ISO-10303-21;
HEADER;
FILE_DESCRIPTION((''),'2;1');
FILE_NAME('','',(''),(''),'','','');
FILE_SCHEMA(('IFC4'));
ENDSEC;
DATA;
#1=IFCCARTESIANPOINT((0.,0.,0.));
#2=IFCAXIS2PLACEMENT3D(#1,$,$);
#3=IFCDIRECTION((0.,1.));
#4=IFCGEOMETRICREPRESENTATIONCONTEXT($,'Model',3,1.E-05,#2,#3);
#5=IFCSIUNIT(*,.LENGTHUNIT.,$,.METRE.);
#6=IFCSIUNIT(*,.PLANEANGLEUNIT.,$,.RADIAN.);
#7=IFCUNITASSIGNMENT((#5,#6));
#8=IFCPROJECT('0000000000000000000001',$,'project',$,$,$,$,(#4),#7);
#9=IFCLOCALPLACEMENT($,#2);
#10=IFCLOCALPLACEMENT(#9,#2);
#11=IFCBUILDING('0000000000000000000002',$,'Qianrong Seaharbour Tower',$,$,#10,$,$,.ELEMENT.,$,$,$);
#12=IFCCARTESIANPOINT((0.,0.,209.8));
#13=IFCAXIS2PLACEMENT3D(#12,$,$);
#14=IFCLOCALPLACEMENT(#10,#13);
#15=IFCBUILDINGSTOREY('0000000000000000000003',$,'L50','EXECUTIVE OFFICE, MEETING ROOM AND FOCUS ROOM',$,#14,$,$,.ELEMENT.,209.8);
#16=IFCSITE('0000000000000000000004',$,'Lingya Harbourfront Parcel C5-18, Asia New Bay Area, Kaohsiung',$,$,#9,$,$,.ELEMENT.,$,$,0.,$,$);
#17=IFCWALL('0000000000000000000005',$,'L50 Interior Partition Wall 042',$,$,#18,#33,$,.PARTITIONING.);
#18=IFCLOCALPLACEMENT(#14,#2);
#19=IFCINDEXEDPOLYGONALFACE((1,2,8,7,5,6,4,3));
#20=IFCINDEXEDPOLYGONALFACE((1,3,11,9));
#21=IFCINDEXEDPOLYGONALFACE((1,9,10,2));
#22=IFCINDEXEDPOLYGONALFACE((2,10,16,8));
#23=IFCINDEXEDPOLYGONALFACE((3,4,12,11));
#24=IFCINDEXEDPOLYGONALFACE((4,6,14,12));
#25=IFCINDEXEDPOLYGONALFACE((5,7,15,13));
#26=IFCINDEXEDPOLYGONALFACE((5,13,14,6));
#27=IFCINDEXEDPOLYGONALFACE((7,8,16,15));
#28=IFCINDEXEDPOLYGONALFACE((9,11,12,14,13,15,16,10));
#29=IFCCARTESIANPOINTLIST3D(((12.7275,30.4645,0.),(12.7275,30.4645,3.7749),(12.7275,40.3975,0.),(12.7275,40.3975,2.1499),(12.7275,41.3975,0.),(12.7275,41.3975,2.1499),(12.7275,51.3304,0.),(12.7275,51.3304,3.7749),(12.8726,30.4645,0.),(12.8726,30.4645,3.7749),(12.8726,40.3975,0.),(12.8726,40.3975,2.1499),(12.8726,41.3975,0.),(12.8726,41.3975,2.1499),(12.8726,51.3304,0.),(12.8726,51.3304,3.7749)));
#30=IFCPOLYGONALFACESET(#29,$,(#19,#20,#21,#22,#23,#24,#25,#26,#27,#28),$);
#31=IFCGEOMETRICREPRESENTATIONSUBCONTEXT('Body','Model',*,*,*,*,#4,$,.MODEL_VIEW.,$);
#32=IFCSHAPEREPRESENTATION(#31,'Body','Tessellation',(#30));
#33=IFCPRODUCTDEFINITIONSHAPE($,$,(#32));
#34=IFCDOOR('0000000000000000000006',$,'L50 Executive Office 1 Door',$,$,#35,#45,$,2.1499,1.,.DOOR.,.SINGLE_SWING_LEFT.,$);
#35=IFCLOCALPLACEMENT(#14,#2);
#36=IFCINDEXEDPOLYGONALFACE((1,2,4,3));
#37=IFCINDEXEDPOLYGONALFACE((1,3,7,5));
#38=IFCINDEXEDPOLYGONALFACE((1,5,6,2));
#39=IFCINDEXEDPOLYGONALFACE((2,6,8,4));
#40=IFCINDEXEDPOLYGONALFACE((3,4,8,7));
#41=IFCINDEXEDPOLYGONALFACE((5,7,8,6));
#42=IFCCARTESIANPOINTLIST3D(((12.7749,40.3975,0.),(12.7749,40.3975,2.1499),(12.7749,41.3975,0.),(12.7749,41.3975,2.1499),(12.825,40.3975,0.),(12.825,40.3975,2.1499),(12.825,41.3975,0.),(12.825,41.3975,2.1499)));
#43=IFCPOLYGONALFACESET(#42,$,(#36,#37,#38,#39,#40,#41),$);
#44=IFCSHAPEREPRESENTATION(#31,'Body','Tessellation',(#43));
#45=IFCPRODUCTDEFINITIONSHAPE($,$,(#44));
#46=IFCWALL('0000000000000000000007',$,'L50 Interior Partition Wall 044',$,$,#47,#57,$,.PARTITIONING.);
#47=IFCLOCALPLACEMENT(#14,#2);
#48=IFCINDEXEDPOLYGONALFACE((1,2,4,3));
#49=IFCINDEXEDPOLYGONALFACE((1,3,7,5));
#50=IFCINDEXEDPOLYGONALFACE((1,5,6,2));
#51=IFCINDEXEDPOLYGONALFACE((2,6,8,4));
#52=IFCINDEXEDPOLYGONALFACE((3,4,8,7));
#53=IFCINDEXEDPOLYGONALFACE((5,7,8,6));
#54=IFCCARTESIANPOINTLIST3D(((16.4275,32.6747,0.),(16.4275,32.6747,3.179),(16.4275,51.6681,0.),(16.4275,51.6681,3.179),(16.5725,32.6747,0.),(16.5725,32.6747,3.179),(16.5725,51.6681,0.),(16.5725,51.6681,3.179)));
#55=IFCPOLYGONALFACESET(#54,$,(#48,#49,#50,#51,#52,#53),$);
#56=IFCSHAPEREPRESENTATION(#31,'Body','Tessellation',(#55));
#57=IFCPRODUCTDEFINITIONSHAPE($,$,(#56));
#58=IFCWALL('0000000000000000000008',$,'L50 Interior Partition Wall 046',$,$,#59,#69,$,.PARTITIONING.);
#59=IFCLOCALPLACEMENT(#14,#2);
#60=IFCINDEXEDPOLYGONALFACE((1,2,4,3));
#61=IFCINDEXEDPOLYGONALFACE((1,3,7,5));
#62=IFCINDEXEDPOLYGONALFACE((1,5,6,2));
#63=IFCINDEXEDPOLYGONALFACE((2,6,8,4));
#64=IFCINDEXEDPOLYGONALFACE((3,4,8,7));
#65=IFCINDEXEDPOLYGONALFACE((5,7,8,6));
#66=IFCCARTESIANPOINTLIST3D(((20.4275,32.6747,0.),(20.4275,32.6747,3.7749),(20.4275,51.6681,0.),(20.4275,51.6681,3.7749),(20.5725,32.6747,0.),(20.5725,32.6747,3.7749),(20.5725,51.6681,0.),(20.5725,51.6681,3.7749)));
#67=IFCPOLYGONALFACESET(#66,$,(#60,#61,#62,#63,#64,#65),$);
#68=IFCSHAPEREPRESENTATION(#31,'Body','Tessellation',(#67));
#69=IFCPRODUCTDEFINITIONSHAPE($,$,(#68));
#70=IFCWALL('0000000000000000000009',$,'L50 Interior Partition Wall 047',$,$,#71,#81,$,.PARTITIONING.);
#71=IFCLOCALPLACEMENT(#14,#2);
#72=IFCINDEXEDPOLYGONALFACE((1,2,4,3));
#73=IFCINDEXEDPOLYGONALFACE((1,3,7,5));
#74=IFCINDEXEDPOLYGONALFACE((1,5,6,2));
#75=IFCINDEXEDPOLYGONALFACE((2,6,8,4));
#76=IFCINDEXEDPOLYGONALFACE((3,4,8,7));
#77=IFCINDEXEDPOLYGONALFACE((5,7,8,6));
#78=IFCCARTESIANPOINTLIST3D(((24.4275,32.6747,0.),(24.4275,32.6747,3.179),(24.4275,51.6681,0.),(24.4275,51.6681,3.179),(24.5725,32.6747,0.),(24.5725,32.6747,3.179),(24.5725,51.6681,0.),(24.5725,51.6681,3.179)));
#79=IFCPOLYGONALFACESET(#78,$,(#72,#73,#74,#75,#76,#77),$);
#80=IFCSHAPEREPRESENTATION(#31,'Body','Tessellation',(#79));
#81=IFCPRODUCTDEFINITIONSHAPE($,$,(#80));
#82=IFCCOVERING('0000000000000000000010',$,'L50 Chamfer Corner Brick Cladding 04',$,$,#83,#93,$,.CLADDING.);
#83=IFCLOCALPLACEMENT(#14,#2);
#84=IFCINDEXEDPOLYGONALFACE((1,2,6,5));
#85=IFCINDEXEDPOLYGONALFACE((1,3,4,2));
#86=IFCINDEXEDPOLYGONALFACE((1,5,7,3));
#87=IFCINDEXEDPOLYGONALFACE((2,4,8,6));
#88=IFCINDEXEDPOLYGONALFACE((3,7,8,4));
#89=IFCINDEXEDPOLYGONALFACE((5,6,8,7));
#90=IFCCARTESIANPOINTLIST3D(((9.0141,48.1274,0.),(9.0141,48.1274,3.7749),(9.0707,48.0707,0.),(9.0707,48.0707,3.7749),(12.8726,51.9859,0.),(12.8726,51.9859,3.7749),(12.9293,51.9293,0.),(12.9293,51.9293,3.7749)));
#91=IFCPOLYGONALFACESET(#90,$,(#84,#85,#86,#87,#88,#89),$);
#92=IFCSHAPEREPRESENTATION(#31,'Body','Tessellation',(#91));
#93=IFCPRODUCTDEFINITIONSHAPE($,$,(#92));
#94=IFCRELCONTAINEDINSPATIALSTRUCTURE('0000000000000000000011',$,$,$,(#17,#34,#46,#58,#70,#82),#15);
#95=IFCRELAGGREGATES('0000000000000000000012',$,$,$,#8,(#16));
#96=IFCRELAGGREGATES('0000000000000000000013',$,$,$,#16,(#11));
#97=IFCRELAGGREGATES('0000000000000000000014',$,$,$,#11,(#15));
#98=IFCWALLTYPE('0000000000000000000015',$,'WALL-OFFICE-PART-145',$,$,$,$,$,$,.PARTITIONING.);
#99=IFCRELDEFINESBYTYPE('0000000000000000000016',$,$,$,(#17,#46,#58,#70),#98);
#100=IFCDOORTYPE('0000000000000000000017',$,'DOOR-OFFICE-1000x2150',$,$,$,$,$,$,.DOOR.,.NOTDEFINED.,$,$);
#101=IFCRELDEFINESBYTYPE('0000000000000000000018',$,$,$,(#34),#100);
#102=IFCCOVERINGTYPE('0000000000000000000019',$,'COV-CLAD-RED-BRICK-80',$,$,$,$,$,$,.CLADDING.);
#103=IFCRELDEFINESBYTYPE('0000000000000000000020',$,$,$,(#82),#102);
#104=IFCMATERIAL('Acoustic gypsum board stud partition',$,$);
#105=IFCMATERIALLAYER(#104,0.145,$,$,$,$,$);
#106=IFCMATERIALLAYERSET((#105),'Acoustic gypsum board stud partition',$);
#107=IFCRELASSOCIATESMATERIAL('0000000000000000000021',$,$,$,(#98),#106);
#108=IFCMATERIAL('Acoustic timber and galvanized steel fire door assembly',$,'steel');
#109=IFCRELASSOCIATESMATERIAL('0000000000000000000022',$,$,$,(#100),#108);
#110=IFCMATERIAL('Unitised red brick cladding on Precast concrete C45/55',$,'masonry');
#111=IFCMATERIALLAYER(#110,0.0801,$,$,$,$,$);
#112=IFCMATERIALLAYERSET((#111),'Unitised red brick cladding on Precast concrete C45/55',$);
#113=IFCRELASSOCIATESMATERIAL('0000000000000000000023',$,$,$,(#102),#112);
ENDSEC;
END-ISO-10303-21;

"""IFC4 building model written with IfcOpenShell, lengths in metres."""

from ifc_helpers import new_model, si_unit, direction, frame, frame_2d, origin, origin_2d, place, context, subcontext, project, spatial, rectangle, extrude, material, layer, layer_set, type_object, element, fill, save


model = new_model("IFC4")

# Units and contexts
model_context = context("Model", 3, precision=1e-05, world=origin(), true_north=direction((0.0, 1.0)))
body_context = subcontext(model_context, "Body", "Model", "MODEL_VIEW")
ifc_project = project(units=[si_unit("LENGTHUNIT", "METRE"), si_unit("PLANEANGLEUNIT", "RADIAN")], contexts=[model_context])

# Site, building, storey
site_placement = place(None, origin())
site = spatial("IfcSite", under=ifc_project, at=site_placement, Name="Lingya Harbourfront Parcel C5-18, Asia New Bay Area, Kaohsiung", CompositionType="ELEMENT", RefElevation=0.0)
building_placement = place(site_placement, origin())
building = spatial("IfcBuilding", under=site, at=building_placement, Name="Qianrong Seaharbour Tower", CompositionType="ELEMENT")
storey_placement = place(building_placement, frame((0.0, 0.0, 209.8)))
storey = spatial("IfcBuildingStorey", under=building, at=storey_placement, Name="L50", Description="EXECUTIVE OFFICE, MEETING ROOM AND FOCUS ROOM", CompositionType="ELEMENT", Elevation=209.8)

# Wall, opening, door
ifc_material_1 = material(Name="Acoustic gypsum board stud partition")
ifc_layer_1 = layer(ifc_material_1, 0.145)
ifc_layer_set_1 = layer_set([ifc_layer_1], Name="Acoustic gypsum board stud partition")
wall_type_1 = type_object("IfcWallType", Name="WALL-OFFICE-PART-145", PredefinedType="PARTITIONING", material=ifc_layer_set_1)
wall_1_placement = place(storey_placement, frame((12.8, 51.3306, 0.0), z_axis=(0.0, 0.0, 1.0), x_axis=(0.0, -1.0, 0.0)))
wall_1 = element("IfcWall", 1, at=wall_1_placement, inside=storey, type_object=wall_type_1, Name="L50 Interior Partition Wall 042", PredefinedType="PARTITIONING", context=body_context, shape_type="SweptSolid", body=[
    extrude(rectangle(XDim=20.866, YDim=0.145, at=frame_2d((10.4331, 0.0))), origin(), (0.0, 0.0, 1.0), 3.7749),
])
opening_1_placement = place(wall_1_placement, frame((9.9331, 0.0, 0.0)))
opening_1 = element("IfcOpeningElement", 2, at=opening_1_placement, cuts=wall_1, PredefinedType="OPENING", context=body_context, shape_type="SweptSolid", body=[
    extrude(rectangle(XDim=1.0, YDim=2.1499, at=frame_2d((0.5, 1.075))), frame((0.0, 0.0825, 0.0), z_axis=(0.0, -1.0, 0.0), x_axis=(1.0, 0.0, 0.0)), (0.0, 0.0, 1.0), 0.165),
])
ifc_material_2 = material(Name="Acoustic timber and galvanized steel fire door assembly", Category="steel")
door_type = type_object("IfcDoorType", Name="DOOR-OFFICE-1000x2150", OperationType="NOTDEFINED", PredefinedType="DOOR", material=ifc_material_2)
door_placement = place(opening_1_placement, origin())
door = element("IfcDoor", 3, at=door_placement, inside=storey, type_object=door_type, Name="L50 Executive Office 1 Door", OperationType="SINGLE_SWING_LEFT", OverallHeight=2.1499, OverallWidth=1.0, PredefinedType="DOOR", context=body_context, shape_type="SweptSolid", body=[
    extrude(rectangle(XDim=1.0, YDim=2.1499, at=frame_2d((0.5, 1.075))), frame((0.0, 0.0249, 0.0), z_axis=(0.0, -1.0, 0.0), x_axis=(1.0, 0.0, 0.0)), (0.0, 0.0, 1.0), 0.05),
])
fill(opening_1, door)

# Walls
wall_2_placement = place(storey_placement, frame((16.5, 51.668, 0.0), z_axis=(0.0, 0.0, 1.0), x_axis=(0.0, -1.0, 0.0)))
element("IfcWall", 4, at=wall_2_placement, inside=storey, type_object=wall_type_1, Name="L50 Interior Partition Wall 044", PredefinedType="PARTITIONING", context=body_context, shape_type="SweptSolid", body=[
    extrude(rectangle(XDim=18.9934, YDim=0.145, at=frame_2d((9.4966, 0.0))), origin(), (0.0, 0.0, 1.0), 3.179),
])
wall_3_placement = place(storey_placement, frame((20.5, 51.668, 0.0), z_axis=(0.0, 0.0, 1.0), x_axis=(0.0, -1.0, 0.0)))
element("IfcWall", 5, at=wall_3_placement, inside=storey, type_object=wall_type_1, Name="L50 Interior Partition Wall 046", PredefinedType="PARTITIONING", context=body_context, shape_type="SweptSolid", body=[
    extrude(rectangle(XDim=18.9934, YDim=0.145, at=frame_2d((9.4966, 0.0))), origin(), (0.0, 0.0, 1.0), 3.7749),
])
wall_4_placement = place(storey_placement, frame((24.5, 51.668, 0.0), z_axis=(0.0, 0.0, 1.0), x_axis=(0.0, -1.0, 0.0)))
element("IfcWall", 6, at=wall_4_placement, inside=storey, type_object=wall_type_1, Name="L50 Interior Partition Wall 047", PredefinedType="PARTITIONING", context=body_context, shape_type="SweptSolid", body=[
    extrude(rectangle(XDim=18.9934, YDim=0.145, at=frame_2d((9.4966, 0.0))), origin(), (0.0, 0.0, 1.0), 3.179),
])

# Covering
ifc_material_3 = material(Name="Unitised red brick cladding on Precast concrete C45/55", Category="masonry")
ifc_layer_2 = layer(ifc_material_3, 0.0801)
ifc_layer_set_2 = layer_set([ifc_layer_2], Name="Unitised red brick cladding on Precast concrete C45/55")
covering_type = type_object("IfcCoveringType", Name="COV-CLAD-RED-BRICK-80", PredefinedType="CLADDING", material=ifc_layer_set_2)
covering_placement = place(storey_placement, frame((10.9717, 50.0283, 0.0), z_axis=(0.0, 0.0, 1.0), x_axis=(0.707107, 0.707107, 0.0)))
element("IfcCovering", 7, at=covering_placement, inside=storey, type_object=covering_type, Name="L50 Chamfer Corner Brick Cladding 04", PredefinedType="CLADDING", context=body_context, shape_type="SweptSolid", body=[
    extrude(rectangle(XDim=5.4568, YDim=0.0801, at=origin_2d()), origin(), (0.0, 0.0, 1.0), 3.7749),
])

save(model, "model.ifc")
